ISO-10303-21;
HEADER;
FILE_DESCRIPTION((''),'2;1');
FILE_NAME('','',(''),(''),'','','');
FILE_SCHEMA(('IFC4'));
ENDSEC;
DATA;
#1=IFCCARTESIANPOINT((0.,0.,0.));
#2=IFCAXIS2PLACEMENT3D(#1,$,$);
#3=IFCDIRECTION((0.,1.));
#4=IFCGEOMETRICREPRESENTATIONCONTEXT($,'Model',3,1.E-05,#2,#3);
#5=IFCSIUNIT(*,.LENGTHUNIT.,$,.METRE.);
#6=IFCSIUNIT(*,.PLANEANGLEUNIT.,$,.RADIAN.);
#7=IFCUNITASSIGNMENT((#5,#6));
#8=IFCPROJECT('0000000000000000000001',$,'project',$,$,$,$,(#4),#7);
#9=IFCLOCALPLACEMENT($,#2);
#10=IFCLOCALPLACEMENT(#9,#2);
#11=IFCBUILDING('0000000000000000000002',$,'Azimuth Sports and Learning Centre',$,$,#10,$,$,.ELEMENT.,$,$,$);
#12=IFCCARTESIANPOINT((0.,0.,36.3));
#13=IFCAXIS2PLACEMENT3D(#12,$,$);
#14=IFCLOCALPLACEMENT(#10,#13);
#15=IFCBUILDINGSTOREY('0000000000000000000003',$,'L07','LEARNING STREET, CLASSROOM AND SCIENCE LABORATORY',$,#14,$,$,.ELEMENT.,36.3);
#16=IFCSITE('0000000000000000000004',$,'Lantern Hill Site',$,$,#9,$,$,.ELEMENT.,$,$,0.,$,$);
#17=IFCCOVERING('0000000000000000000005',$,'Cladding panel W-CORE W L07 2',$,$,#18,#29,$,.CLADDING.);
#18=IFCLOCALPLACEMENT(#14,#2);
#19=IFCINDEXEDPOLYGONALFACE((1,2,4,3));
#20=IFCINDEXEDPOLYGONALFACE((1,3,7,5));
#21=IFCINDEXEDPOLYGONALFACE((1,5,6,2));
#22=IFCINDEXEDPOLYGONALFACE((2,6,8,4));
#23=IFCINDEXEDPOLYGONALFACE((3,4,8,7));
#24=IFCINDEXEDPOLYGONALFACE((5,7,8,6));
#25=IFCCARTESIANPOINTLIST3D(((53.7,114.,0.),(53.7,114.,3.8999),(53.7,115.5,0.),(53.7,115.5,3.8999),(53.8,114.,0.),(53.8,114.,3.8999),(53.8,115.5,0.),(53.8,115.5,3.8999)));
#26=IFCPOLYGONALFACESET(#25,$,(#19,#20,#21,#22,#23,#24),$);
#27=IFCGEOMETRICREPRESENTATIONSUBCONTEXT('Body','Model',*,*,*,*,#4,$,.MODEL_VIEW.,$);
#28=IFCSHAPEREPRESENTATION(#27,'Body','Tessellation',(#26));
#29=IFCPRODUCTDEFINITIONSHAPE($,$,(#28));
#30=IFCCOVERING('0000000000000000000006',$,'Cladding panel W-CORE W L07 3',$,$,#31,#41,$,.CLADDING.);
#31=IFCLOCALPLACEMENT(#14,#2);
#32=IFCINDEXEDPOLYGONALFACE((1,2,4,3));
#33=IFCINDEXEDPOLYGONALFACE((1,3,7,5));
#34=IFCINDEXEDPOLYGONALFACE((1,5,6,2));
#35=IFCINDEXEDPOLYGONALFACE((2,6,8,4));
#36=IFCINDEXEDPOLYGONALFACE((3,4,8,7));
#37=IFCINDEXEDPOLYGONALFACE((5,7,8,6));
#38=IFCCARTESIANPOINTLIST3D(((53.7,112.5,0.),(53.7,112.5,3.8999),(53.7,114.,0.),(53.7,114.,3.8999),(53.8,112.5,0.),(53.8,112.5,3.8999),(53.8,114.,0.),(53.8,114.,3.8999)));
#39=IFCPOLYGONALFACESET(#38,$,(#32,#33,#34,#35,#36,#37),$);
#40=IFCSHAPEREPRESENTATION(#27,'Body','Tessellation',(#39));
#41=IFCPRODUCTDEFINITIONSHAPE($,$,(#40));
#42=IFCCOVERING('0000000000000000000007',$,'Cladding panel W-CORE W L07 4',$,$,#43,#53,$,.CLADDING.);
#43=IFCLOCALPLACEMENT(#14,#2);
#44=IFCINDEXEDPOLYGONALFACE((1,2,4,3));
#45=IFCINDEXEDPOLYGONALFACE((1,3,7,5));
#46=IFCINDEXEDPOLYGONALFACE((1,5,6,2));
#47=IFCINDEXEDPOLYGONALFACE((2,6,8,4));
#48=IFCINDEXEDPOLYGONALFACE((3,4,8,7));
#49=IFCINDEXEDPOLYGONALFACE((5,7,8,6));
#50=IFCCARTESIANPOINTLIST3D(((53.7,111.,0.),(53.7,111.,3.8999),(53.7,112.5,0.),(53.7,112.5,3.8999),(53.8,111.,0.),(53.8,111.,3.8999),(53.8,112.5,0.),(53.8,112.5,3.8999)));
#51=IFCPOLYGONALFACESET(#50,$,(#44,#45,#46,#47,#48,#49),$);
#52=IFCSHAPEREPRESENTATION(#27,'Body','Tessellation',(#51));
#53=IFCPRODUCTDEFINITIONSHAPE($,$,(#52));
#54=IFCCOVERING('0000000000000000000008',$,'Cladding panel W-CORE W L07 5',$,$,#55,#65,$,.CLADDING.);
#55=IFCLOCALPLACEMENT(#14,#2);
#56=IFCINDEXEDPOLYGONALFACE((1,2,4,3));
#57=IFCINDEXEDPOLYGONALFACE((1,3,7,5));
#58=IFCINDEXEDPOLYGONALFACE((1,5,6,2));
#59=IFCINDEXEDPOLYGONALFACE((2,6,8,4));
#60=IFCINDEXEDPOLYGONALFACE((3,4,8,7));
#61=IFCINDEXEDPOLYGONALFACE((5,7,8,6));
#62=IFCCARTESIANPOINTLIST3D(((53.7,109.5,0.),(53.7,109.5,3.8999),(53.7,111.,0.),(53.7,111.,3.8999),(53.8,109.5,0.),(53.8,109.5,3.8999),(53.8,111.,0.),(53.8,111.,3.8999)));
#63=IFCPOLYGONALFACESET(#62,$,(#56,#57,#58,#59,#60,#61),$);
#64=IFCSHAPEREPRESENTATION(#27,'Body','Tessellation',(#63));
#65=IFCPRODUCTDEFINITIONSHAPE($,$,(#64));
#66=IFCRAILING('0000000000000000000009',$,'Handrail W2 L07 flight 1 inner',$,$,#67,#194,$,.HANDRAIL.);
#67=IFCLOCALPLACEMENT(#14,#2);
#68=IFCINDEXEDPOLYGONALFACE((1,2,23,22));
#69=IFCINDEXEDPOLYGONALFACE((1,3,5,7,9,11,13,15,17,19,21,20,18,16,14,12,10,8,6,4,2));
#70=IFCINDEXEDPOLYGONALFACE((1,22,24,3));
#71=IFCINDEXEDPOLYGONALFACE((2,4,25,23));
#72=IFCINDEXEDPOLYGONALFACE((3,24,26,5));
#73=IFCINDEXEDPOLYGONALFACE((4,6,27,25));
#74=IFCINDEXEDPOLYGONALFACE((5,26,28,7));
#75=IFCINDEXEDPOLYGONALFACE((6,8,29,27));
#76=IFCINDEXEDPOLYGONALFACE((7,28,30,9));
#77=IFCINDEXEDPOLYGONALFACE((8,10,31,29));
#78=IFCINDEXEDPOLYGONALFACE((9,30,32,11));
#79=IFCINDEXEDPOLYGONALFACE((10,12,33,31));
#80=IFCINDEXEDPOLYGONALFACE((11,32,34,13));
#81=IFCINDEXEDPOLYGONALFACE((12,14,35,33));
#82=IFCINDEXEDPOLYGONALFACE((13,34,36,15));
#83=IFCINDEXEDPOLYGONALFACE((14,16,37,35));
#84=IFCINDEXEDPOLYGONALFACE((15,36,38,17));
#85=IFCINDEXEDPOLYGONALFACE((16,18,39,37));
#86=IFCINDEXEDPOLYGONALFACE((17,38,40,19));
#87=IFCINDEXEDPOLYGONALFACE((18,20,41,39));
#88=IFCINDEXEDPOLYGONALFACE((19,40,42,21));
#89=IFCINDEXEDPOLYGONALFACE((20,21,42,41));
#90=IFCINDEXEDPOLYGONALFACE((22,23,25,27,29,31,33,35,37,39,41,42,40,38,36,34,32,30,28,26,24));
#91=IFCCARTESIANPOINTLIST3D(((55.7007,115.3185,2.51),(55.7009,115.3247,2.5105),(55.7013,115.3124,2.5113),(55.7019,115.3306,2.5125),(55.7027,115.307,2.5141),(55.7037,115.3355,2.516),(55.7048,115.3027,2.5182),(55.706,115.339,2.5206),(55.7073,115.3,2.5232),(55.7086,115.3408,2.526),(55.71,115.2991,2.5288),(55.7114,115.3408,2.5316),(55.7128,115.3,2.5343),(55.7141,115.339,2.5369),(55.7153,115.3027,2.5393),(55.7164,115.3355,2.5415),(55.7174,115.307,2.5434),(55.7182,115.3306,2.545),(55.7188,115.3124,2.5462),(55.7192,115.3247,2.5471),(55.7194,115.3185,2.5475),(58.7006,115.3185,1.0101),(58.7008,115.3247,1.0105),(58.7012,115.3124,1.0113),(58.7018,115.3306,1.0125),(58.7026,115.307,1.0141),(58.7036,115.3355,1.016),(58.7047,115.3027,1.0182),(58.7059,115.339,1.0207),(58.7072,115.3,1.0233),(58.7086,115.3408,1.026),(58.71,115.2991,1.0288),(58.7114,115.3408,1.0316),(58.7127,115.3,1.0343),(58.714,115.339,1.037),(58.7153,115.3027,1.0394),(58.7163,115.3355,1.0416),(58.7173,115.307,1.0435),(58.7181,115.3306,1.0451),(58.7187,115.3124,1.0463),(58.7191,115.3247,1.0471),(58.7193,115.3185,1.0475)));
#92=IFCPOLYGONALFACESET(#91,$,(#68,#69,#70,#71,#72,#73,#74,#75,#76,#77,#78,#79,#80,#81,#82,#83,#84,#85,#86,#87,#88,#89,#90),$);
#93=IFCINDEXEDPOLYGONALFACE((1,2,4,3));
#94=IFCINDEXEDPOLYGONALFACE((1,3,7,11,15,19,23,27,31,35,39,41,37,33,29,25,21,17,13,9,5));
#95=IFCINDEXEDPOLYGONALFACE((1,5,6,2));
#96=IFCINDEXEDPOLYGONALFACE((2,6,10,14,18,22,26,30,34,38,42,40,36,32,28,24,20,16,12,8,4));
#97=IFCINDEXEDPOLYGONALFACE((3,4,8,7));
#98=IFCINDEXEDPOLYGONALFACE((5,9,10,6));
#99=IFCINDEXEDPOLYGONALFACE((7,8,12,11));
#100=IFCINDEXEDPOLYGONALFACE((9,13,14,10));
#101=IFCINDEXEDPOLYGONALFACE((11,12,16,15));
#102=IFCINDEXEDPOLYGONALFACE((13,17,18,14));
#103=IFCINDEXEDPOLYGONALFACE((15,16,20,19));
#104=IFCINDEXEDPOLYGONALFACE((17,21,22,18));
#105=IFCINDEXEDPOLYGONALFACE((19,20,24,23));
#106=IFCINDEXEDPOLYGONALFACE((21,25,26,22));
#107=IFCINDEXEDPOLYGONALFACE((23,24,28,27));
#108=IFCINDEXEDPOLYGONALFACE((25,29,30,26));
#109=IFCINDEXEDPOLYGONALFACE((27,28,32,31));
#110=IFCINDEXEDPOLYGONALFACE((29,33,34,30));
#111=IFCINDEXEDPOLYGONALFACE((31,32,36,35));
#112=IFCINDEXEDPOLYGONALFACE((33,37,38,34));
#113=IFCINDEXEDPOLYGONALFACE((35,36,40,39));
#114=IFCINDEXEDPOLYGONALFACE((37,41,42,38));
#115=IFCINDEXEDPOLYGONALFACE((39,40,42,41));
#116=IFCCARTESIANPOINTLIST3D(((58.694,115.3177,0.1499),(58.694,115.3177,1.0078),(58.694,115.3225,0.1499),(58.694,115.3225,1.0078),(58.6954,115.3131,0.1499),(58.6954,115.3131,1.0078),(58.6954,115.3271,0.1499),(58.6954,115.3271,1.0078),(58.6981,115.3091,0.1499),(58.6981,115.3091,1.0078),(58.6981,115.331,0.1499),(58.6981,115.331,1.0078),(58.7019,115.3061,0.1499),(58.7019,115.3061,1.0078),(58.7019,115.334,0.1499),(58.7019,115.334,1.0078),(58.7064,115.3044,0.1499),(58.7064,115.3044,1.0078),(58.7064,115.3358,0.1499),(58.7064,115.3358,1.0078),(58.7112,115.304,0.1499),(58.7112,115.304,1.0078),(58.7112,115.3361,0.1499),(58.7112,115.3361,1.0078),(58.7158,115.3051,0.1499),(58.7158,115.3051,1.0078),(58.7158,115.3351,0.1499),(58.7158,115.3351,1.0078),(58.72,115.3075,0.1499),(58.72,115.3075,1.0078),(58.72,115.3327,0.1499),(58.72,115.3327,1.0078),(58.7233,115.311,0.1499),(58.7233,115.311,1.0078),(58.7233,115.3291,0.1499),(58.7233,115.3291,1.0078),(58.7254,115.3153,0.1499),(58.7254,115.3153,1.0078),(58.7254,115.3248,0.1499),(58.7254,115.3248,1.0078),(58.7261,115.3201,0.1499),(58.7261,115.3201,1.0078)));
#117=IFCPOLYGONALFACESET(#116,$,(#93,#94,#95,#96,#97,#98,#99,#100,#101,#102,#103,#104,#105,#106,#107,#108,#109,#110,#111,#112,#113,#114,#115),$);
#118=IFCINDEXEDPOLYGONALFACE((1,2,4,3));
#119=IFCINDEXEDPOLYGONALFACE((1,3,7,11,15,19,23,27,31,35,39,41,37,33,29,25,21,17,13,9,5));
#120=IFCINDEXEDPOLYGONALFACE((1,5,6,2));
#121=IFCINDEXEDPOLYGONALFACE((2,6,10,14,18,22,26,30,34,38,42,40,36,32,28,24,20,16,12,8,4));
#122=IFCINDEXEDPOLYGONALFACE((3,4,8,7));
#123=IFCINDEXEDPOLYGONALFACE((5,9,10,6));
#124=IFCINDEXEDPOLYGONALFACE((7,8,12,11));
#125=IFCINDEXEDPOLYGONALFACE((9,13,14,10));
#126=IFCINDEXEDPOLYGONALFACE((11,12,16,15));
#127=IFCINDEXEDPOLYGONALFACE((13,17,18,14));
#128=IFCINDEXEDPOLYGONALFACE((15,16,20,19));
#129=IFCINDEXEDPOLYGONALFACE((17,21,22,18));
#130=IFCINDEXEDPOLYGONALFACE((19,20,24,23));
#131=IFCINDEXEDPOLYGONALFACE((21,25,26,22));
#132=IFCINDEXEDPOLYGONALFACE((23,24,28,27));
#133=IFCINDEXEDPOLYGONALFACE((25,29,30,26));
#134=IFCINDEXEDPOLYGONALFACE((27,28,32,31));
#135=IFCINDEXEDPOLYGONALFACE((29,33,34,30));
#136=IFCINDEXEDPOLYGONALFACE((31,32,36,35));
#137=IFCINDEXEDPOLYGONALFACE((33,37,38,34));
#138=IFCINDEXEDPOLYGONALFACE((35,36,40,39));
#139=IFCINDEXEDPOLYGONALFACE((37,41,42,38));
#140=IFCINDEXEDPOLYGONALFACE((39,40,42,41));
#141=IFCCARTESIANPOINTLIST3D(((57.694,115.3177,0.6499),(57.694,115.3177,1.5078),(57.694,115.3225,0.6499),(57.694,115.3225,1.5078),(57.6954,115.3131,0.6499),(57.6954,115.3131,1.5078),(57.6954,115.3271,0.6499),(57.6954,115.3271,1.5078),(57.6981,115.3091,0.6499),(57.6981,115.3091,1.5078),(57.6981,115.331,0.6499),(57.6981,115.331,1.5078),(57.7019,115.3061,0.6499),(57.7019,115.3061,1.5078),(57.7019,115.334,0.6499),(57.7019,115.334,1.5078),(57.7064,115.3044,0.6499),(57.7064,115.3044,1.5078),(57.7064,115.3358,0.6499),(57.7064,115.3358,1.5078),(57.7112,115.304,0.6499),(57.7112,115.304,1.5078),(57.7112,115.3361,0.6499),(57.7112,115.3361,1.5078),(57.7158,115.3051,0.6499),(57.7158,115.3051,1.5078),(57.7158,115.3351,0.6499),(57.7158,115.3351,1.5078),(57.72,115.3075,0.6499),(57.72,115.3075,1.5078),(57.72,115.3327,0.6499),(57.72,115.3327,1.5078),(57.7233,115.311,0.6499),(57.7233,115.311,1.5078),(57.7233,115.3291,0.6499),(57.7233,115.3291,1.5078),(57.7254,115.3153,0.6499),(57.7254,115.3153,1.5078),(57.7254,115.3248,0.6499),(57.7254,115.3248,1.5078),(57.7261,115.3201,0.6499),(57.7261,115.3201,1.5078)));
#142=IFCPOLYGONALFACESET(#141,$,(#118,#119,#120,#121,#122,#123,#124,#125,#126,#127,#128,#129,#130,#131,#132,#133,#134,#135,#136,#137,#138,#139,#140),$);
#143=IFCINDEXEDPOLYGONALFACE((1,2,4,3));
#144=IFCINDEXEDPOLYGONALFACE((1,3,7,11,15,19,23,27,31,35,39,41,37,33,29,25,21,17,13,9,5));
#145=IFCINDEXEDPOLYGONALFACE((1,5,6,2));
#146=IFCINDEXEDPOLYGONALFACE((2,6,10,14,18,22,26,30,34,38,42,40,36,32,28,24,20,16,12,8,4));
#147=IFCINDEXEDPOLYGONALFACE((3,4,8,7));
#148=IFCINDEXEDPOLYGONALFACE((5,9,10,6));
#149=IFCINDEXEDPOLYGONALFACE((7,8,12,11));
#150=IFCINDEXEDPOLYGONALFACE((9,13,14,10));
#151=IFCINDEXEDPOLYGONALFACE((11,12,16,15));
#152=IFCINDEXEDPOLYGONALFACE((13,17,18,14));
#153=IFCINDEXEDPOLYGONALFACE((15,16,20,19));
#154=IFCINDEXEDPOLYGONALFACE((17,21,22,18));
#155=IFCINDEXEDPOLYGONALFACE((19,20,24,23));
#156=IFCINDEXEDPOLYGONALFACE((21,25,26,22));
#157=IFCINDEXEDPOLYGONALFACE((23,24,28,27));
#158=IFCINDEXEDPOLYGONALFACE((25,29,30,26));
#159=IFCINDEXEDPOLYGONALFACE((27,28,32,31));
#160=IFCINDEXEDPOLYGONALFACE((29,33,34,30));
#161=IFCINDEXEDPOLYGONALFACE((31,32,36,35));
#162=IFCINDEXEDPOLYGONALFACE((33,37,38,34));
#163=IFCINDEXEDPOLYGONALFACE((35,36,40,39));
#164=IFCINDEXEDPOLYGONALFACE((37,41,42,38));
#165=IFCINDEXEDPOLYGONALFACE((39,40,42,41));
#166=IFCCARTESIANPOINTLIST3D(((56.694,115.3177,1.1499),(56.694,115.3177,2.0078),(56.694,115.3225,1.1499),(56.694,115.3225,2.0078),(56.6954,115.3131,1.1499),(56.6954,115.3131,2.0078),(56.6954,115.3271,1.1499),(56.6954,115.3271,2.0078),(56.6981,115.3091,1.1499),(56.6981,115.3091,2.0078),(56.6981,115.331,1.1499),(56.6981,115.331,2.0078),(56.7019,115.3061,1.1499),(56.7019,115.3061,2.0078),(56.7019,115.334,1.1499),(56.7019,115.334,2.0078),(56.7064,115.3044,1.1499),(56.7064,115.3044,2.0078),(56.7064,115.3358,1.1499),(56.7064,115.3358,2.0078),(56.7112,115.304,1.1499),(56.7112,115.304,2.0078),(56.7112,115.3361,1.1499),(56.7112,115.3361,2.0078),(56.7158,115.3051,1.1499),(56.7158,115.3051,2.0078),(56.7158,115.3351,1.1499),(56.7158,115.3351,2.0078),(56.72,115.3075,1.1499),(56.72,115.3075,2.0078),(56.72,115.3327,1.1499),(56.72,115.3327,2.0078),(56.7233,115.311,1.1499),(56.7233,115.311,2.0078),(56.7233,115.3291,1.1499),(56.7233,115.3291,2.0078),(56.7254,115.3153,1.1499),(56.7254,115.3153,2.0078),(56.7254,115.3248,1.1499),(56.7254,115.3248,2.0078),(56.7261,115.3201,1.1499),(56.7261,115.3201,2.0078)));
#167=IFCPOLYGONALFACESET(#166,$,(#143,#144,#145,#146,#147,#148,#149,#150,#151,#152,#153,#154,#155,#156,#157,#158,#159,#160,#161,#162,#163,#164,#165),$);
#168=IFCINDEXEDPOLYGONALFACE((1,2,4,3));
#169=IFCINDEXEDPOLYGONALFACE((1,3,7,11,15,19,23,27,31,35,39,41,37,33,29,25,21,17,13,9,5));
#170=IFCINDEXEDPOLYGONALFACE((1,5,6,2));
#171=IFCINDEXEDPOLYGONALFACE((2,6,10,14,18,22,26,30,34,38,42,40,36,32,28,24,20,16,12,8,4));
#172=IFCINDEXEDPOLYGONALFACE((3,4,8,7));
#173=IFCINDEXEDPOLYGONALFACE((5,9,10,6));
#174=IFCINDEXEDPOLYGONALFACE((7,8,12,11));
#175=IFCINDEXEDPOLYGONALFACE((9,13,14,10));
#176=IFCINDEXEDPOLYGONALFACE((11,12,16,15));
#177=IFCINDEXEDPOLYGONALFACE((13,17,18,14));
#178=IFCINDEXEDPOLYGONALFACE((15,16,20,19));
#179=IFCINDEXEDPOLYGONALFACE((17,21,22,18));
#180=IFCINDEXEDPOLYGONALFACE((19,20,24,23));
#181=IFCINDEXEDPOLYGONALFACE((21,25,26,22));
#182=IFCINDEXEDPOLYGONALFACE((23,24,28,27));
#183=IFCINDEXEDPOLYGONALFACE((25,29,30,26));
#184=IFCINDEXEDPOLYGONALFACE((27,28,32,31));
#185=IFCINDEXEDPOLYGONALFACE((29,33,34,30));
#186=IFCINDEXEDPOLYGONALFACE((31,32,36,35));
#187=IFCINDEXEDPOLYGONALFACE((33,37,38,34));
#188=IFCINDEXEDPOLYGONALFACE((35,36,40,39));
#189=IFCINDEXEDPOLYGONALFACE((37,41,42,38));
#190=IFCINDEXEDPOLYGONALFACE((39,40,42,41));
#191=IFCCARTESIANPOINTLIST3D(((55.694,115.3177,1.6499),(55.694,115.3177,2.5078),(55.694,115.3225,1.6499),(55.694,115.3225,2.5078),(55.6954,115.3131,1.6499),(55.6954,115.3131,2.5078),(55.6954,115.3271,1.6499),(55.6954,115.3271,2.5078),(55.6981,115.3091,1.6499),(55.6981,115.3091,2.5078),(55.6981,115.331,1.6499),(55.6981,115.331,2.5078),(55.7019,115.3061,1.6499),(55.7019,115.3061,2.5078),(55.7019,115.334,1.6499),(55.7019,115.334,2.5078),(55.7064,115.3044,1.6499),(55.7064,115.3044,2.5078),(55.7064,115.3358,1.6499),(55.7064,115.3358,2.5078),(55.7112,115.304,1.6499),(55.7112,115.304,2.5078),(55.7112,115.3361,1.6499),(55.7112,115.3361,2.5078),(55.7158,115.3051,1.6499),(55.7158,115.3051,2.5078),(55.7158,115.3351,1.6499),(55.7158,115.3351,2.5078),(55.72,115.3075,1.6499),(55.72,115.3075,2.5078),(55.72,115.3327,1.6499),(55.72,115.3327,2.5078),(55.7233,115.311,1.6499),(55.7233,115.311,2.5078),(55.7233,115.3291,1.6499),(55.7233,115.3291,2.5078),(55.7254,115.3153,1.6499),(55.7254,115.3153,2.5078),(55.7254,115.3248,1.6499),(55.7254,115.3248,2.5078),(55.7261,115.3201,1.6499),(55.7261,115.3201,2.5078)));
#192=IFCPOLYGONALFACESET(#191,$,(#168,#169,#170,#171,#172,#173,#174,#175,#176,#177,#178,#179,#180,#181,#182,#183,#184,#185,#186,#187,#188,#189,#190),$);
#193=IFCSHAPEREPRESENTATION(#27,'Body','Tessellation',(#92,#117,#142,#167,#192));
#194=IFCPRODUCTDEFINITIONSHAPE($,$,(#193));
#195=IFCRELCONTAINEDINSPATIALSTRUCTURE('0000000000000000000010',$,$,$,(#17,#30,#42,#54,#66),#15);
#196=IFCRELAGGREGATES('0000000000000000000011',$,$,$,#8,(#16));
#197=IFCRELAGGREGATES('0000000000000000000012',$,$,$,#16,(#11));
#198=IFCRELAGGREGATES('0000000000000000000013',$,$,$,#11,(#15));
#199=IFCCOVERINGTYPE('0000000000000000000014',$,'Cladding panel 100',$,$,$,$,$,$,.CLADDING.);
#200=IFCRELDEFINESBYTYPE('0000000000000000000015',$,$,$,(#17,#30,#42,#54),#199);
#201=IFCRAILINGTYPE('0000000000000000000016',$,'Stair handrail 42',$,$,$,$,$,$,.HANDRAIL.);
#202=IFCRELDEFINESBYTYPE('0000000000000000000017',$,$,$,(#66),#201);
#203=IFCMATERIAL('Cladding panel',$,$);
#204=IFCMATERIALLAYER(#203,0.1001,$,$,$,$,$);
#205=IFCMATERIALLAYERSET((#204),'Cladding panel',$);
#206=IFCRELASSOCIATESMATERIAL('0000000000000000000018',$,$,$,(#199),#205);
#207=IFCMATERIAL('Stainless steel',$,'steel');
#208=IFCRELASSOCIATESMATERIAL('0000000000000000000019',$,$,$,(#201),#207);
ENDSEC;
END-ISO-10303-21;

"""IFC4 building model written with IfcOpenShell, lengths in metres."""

from ifc_helpers import new_model, si_unit, direction, frame, origin, origin_2d, place, context, subcontext, project, spatial, rectangle, circle, extrude, material, layer, layer_set, type_object, element, save


model = new_model("IFC4")

# Units and contexts
model_context = context("Model", 3, precision=1e-05, world=origin(), true_north=direction((0.0, 1.0)))
body_context = subcontext(model_context, "Body", "Model", "MODEL_VIEW")
ifc_project = project(units=[si_unit("LENGTHUNIT", "METRE"), si_unit("PLANEANGLEUNIT", "RADIAN")], contexts=[model_context])

# Site, building, storey
site_placement = place(None, origin())
site = spatial("IfcSite", under=ifc_project, at=site_placement, Name="Lantern Hill Site", CompositionType="ELEMENT", RefElevation=0.0)
building_placement = place(site_placement, origin())
building = spatial("IfcBuilding", under=site, at=building_placement, Name="Azimuth Sports and Learning Centre", CompositionType="ELEMENT")
storey_placement = place(building_placement, frame((0.0, 0.0, 36.3)))
storey = spatial("IfcBuildingStorey", under=building, at=storey_placement, Name="L07", Description="LEARNING STREET, CLASSROOM AND SCIENCE LABORATORY", CompositionType="ELEMENT", Elevation=36.3)

# Coverings
ifc_material_1 = material(Name="Cladding panel")
ifc_layer_1 = layer(ifc_material_1, 0.1001)
ifc_layer_set_1 = layer_set([ifc_layer_1], Name="Cladding panel")
covering_type = type_object("IfcCoveringType", Name="Cladding panel 100", PredefinedType="CLADDING", material=ifc_layer_set_1)
for number, where, z_axis, x_axis, name in (
    (1, (53.75, 114.75, 0.0), (0.0, 0.0, 1.0), (0.0, -1.0, 0.0), "Cladding panel W-CORE W L07 2"),
    (2, (53.75, 113.25, 0.0), (0.0, 0.0, 1.0), (0.0, -1.0, 0.0), "Cladding panel W-CORE W L07 3"),
    (3, (53.75, 111.75, 0.0), (0.0, 0.0, 1.0), (0.0, -1.0, 0.0), "Cladding panel W-CORE W L07 4"),
    (4, (53.75, 110.25, 0.0), (0.0, 0.0, 1.0), (0.0, -1.0, 0.0), "Cladding panel W-CORE W L07 5"),
):
    element("IfcCovering", number, at=place(storey_placement, frame(where, z_axis=z_axis, x_axis=x_axis)), inside=storey, type_object=covering_type, Name=name, PredefinedType="CLADDING", context=body_context, shape_type="SweptSolid", body=[
        extrude(rectangle(XDim=1.5, YDim=0.1001, at=origin_2d()), origin(), (0.0, 0.0, 1.0), 3.8999),
    ])

# Railing
ifc_material_2 = material(Name="Stainless steel", Category="steel")
railing_type_1 = type_object("IfcRailingType", Name="Stair handrail 42", PredefinedType="HANDRAIL", material=ifc_material_2)
for number, where, name in (
    (5, (58.71, 115.3201, 0.1499), "Handrail W2 L07 flight 1 inner"),
):
    element("IfcRailing", number, at=place(storey_placement, frame(where)), inside=storey, type_object=railing_type_1, Name=name, PredefinedType="HANDRAIL", context=body_context, shape_type="SweptSolid", body=[
        extrude(circle(Radius=0.021, at=origin_2d()), frame((0.0, 0.0, 0.8789), z_axis=(-0.894427, 0.0, 0.447214), x_axis=(0.0, -1.0, 0.0)), (0.0, 0.0, 1.0), 3.354),
        extrude(circle(Radius=0.0161, at=origin_2d()), origin(), (0.0, 0.0, 1.0), 0.8579),
        extrude(circle(Radius=0.0161, at=origin_2d()), frame((-1.0, 0.0, 0.5)), (0.0, 0.0, 1.0), 0.8579),
        extrude(circle(Radius=0.0161, at=origin_2d()), frame((-2.0, 0.0, 1.0)), (0.0, 0.0, 1.0), 0.8579),
        extrude(circle(Radius=0.0161, at=origin_2d()), frame((-3.0, 0.0, 1.5)), (0.0, 0.0, 1.0), 0.8579),
    ])

save(model, "model.ifc")
